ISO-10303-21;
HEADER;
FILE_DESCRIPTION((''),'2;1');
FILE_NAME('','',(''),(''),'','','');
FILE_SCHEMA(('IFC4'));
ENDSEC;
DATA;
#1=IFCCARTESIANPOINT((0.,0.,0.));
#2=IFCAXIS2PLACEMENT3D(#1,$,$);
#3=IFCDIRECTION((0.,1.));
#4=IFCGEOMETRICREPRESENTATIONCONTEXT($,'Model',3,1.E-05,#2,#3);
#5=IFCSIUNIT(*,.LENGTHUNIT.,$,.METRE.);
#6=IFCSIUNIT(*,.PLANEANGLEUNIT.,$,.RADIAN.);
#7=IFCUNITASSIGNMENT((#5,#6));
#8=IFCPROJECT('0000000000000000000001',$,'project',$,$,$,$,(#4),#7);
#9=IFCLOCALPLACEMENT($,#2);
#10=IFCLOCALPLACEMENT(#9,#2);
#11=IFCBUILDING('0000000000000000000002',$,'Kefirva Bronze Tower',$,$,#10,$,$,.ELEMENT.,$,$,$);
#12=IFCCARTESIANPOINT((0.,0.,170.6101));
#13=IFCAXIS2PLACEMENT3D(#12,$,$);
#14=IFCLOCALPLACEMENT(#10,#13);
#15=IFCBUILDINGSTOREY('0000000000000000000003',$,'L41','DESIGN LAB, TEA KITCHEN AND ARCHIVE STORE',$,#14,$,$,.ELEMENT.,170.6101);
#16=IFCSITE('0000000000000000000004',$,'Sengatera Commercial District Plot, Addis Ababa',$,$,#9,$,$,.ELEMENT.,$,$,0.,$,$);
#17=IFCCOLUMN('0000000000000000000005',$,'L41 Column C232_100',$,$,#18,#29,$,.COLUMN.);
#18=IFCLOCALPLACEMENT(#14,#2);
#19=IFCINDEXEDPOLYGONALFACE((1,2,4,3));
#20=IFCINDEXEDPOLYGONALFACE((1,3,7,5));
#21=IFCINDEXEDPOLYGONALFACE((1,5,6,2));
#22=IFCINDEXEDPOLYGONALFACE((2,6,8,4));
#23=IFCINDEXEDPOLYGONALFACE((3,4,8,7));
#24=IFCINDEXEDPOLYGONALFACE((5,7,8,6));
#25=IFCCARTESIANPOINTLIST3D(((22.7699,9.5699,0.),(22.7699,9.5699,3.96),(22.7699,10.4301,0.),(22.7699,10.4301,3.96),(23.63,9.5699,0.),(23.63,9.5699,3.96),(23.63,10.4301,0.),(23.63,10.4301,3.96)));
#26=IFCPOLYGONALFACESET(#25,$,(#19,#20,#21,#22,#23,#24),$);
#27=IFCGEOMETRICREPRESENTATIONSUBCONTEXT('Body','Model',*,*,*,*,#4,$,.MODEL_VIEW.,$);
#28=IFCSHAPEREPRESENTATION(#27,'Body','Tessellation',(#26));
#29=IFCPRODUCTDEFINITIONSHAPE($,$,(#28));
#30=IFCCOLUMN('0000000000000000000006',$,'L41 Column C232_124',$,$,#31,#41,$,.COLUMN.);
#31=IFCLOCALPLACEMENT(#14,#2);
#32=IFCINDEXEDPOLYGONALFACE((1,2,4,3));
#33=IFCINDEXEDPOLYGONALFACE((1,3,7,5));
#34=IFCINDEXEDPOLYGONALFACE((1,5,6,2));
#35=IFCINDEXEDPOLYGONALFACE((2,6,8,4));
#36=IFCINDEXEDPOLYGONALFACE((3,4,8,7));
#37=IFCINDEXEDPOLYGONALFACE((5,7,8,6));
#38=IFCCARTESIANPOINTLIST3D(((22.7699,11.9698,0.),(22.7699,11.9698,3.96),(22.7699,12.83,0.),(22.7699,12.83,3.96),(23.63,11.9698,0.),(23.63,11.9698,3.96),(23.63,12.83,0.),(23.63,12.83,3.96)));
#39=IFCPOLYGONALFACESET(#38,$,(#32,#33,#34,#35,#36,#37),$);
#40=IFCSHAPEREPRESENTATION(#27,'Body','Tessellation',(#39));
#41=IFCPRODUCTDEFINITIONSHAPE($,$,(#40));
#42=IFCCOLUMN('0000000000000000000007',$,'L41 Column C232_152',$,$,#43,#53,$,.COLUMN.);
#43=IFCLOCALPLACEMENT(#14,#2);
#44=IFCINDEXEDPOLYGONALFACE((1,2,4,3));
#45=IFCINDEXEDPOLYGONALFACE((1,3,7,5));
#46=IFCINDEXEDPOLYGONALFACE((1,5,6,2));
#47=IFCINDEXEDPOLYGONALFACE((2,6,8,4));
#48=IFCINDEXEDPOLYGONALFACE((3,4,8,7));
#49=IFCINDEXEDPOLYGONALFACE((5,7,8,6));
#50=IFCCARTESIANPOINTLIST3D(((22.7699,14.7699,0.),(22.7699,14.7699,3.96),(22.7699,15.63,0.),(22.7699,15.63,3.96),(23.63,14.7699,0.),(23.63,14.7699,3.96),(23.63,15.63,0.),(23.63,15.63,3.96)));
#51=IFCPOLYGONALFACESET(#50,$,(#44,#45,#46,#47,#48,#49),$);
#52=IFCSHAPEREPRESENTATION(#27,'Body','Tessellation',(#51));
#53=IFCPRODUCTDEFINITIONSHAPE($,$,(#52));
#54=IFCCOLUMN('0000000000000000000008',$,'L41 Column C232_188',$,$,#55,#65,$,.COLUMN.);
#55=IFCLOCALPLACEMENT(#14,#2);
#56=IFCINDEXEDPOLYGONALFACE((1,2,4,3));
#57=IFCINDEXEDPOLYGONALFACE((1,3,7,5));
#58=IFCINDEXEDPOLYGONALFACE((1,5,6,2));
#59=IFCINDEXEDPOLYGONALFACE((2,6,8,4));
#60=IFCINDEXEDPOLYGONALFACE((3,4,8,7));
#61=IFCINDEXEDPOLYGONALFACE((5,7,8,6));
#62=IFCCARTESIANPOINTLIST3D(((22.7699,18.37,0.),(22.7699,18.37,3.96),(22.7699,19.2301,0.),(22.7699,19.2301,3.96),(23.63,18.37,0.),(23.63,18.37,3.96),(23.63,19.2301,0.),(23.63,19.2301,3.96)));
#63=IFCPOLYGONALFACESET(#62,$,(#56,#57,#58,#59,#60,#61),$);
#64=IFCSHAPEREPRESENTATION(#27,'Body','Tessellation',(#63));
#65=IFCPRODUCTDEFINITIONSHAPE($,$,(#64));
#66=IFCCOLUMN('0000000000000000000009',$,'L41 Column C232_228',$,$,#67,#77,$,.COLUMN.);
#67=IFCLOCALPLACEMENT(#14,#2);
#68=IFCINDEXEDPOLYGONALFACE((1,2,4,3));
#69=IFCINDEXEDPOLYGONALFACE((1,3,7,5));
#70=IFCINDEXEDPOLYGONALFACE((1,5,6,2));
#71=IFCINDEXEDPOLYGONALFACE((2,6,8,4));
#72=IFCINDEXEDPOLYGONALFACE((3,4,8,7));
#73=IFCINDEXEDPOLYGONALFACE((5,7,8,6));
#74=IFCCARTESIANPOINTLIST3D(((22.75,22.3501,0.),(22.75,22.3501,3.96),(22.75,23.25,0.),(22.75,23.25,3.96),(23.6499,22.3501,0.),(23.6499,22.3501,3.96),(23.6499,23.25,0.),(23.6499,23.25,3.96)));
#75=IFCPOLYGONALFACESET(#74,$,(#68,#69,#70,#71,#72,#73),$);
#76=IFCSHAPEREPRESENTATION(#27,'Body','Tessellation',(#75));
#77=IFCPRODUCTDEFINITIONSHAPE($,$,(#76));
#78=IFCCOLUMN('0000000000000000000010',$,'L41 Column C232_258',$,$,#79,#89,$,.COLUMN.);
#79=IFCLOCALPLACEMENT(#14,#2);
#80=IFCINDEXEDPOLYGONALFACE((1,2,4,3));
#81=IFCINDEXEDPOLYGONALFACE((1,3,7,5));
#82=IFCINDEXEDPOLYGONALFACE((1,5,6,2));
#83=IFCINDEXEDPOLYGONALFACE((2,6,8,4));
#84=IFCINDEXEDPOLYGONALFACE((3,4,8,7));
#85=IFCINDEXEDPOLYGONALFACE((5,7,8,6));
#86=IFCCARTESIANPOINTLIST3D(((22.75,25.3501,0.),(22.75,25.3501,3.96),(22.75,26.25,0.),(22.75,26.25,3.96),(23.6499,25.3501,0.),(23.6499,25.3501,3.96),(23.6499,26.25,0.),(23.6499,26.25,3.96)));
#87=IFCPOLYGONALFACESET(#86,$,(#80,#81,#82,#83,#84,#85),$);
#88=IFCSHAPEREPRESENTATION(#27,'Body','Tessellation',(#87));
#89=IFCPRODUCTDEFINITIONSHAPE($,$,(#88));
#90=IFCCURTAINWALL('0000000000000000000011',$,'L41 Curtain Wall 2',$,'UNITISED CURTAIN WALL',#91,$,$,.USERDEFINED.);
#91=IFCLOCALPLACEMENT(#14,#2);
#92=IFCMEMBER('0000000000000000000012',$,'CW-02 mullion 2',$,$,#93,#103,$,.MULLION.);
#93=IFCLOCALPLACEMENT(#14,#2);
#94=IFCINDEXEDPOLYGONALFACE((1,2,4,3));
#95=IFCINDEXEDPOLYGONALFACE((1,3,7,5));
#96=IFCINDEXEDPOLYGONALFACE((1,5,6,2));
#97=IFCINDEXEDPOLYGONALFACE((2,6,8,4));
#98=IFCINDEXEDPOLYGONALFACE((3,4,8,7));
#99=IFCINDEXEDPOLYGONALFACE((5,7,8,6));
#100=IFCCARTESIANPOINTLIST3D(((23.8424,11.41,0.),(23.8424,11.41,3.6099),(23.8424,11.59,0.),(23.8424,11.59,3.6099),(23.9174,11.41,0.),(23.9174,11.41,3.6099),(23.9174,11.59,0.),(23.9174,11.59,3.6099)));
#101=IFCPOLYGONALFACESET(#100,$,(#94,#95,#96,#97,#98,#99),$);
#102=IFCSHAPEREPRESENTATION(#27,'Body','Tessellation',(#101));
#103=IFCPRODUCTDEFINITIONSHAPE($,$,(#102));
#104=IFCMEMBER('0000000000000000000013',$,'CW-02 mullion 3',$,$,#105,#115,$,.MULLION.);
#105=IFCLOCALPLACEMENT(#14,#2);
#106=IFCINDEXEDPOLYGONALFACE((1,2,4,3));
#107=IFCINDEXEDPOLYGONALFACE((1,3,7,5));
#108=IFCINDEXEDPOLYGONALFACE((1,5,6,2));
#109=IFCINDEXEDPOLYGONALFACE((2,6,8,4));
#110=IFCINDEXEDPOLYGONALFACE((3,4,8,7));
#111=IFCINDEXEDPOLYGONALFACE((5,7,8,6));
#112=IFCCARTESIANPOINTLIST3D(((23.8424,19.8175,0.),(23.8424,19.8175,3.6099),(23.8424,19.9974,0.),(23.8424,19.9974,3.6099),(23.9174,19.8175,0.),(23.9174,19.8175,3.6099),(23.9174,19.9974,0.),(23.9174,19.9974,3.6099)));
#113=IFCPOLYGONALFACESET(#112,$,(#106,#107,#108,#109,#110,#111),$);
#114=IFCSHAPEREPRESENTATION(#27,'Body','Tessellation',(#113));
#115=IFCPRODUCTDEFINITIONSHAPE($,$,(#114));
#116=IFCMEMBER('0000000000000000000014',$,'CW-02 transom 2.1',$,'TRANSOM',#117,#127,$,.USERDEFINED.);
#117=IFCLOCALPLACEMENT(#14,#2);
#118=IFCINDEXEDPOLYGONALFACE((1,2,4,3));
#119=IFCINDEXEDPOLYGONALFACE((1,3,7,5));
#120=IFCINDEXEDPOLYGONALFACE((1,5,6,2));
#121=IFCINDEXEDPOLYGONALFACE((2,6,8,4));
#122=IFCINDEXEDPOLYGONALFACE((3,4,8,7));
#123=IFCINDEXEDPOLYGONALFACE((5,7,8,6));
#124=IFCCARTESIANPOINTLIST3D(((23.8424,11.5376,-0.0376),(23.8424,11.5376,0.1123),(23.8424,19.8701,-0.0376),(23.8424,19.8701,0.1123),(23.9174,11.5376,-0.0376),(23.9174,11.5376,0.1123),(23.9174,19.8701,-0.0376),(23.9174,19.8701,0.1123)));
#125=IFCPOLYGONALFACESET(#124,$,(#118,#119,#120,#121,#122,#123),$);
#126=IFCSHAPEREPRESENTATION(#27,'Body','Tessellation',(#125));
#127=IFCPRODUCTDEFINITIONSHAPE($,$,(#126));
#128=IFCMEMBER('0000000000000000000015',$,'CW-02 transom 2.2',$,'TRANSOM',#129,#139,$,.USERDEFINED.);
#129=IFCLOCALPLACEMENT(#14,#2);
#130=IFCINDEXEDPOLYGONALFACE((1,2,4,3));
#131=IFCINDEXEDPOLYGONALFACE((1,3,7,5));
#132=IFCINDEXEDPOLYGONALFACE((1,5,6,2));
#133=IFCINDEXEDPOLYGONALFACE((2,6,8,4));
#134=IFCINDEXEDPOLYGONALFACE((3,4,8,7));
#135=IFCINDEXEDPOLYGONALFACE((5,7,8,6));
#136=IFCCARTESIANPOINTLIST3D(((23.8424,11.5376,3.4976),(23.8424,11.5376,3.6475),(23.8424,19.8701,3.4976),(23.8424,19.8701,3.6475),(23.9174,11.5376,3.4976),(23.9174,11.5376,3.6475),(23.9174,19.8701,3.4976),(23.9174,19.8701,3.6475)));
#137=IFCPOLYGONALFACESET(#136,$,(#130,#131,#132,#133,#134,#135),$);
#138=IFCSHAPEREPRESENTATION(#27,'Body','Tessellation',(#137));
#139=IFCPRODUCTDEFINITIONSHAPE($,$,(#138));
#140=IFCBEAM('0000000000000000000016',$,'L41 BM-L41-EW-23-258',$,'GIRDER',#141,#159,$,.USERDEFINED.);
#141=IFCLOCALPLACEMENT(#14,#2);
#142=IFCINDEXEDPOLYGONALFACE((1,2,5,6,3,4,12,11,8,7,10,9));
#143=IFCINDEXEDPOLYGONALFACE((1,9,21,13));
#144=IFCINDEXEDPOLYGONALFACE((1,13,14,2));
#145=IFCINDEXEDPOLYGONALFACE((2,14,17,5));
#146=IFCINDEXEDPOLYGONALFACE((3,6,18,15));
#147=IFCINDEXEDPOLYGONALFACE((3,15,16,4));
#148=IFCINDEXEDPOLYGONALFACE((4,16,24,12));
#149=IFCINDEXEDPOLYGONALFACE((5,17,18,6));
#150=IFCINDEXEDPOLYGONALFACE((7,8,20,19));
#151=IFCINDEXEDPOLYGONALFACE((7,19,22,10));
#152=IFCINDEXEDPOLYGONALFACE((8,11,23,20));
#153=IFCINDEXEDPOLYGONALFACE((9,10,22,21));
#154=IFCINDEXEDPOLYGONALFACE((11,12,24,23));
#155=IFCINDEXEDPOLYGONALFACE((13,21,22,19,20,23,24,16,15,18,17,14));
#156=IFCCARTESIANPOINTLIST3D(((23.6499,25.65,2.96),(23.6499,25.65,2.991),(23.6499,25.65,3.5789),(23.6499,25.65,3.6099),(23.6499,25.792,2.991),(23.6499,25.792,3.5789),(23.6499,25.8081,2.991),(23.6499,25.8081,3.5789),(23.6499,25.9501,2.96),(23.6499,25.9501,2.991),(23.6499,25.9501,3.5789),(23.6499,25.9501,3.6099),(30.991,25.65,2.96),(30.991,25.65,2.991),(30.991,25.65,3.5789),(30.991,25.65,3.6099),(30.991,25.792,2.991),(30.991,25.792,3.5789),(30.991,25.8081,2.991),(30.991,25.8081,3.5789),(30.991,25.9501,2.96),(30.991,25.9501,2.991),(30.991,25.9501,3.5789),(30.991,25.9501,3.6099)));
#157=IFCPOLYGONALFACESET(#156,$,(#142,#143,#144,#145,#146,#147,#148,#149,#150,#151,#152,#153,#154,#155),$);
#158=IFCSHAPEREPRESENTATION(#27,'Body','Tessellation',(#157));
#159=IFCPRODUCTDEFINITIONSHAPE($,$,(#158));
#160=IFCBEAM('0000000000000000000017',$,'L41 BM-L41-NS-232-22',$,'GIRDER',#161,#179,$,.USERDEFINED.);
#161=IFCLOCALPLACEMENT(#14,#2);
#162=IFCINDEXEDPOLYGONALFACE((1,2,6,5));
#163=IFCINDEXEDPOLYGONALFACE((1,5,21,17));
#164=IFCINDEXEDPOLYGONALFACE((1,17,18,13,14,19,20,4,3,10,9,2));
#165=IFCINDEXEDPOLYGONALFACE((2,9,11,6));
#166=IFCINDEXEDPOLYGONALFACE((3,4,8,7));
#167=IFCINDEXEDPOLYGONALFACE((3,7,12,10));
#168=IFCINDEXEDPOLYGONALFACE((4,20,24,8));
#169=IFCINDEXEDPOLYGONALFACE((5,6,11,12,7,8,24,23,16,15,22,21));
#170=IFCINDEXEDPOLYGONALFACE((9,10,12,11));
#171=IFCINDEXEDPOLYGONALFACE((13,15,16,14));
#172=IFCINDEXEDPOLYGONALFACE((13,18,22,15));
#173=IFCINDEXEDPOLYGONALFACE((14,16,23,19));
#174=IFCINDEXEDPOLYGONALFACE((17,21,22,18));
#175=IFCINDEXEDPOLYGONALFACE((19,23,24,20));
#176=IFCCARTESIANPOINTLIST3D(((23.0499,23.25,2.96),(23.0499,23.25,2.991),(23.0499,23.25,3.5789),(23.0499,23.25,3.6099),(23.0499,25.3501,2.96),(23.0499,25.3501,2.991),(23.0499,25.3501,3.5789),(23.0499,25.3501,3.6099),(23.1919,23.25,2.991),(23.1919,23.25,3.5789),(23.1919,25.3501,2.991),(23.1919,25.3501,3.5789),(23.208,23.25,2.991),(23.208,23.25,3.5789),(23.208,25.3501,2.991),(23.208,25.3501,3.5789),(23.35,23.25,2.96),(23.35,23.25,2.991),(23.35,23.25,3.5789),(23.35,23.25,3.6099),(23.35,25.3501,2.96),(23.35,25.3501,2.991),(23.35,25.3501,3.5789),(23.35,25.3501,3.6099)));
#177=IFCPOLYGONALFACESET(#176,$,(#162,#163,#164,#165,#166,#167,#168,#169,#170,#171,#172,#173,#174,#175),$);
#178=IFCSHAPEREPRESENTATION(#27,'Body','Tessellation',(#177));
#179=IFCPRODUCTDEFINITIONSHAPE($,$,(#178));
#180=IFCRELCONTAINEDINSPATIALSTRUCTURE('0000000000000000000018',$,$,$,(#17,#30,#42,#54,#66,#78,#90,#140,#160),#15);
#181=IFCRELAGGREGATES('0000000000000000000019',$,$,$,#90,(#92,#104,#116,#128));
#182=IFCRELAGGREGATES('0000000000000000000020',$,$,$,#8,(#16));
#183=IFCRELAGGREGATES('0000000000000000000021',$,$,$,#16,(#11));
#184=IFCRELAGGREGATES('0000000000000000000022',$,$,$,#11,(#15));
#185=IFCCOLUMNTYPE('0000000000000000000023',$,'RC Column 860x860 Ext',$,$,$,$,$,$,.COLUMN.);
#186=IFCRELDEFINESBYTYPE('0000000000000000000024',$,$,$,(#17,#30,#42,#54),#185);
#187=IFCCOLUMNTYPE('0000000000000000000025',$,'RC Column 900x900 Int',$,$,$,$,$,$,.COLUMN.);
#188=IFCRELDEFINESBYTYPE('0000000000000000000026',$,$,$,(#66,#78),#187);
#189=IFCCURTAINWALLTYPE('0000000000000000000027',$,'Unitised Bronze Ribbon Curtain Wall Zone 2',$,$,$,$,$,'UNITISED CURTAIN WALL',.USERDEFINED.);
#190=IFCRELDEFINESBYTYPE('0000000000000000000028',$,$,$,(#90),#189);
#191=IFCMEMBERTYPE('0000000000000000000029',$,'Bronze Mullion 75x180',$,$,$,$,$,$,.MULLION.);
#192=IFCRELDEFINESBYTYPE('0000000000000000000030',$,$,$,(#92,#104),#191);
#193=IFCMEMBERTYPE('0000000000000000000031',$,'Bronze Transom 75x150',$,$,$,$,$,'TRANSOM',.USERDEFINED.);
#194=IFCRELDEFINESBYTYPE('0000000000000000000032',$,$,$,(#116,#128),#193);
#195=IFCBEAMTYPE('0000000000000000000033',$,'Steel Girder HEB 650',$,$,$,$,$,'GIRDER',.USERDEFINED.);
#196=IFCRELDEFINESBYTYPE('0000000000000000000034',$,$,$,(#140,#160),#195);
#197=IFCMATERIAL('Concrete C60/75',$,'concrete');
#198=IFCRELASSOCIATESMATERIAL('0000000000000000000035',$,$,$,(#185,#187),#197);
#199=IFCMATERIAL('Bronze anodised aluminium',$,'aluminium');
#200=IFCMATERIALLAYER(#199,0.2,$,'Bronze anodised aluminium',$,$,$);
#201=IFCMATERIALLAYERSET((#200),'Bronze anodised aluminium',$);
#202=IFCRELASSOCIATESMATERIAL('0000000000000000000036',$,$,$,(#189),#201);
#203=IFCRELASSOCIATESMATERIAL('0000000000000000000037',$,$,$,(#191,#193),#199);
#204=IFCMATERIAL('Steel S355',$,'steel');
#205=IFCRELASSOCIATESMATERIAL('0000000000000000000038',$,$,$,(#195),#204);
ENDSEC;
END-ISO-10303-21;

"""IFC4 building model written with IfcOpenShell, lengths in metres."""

from ifc_helpers import new_model, si_unit, direction, frame, origin, origin_2d, place, context, subcontext, project, spatial, rectangle, i_section, extrude, material, layer, layer_set, material_profile, profile_set, type_object, element, aggregate, save


model = new_model("IFC4")

# Units and contexts
model_context = context("Model", 3, precision=1e-05, world=origin(), true_north=direction((0.0, 1.0)))
body_context = subcontext(model_context, "Body", "Model", "MODEL_VIEW")
ifc_project = project(units=[si_unit("LENGTHUNIT", "METRE"), si_unit("PLANEANGLEUNIT", "RADIAN")], contexts=[model_context])

# Site, building, storey
site_placement = place(None, origin())
site = spatial("IfcSite", under=ifc_project, at=site_placement, Name="Sengatera Commercial District Plot, Addis Ababa", CompositionType="ELEMENT", RefElevation=0.0)
building_placement = place(site_placement, origin())
building = spatial("IfcBuilding", under=site, at=building_placement, Name="Kefirva Bronze Tower", CompositionType="ELEMENT")
storey_placement = place(building_placement, frame((0.0, 0.0, 170.6101)))
storey = spatial("IfcBuildingStorey", under=building, at=storey_placement, Name="L41", Description="DESIGN LAB, TEA KITCHEN AND ARCHIVE STORE", CompositionType="ELEMENT", Elevation=170.6101)

# Columns
ifc_material_1 = material(Name="Concrete C60/75", Category="concrete")
ifc_material_profile_1 = material_profile(ifc_material_1, rectangle(XDim=0.8601, YDim=0.8601, at=origin_2d()), Name="RC 860x860")
ifc_profile_set_1 = profile_set([ifc_material_profile_1], Name="Concrete C60/75")
column_type_1 = type_object("IfcColumnType", Name="RC Column 860x860 Ext", PredefinedType="COLUMN", material=ifc_profile_set_1)
for number, where, z_axis, x_axis, name in (
    (1, (23.2, 10.0, 0.0), (0.0, 0.0, 1.0), (1.0, 0.0, 0.0), "L41 Column C232_100"),
    (2, (23.2, 12.3999, 0.0), (0.0, 0.0, 1.0), (1.0, 0.0, 0.0), "L41 Column C232_124"),
    (3, (23.2, 15.2, 0.0), (0.0, 0.0, 1.0), (1.0, 0.0, 0.0), "L41 Column C232_152"),
    (4, (23.2, 18.8, 0.0), (0.0, 0.0, 1.0), (1.0, 0.0, 0.0), "L41 Column C232_188"),
):
    element("IfcColumn", number, at=place(storey_placement, frame(where, z_axis=z_axis, x_axis=x_axis)), inside=storey, type_object=column_type_1, Name=name, PredefinedType="COLUMN", context=body_context, shape_type="SweptSolid", body=[
        extrude(rectangle(XDim=0.8601, YDim=0.8601, at=origin_2d()), origin(), (0.0, 0.0, 1.0), 3.96),
    ])
ifc_material_profile_2 = material_profile(ifc_material_1, rectangle(XDim=0.8999, YDim=0.8999, at=origin_2d()), Name="RC 900x900")
ifc_profile_set_2 = profile_set([ifc_material_profile_2], Name="Concrete C60/75")
column_type_2 = type_object("IfcColumnType", Name="RC Column 900x900 Int", PredefinedType="COLUMN", material=ifc_profile_set_2)
for number, where, z_axis, x_axis, name in (
    (5, (23.2, 22.8, 0.0), (0.0, 0.0, 1.0), (1.0, 0.0, 0.0), "L41 Column C232_228"),
    (6, (23.2, 25.8, 0.0), (0.0, 0.0, 1.0), (1.0, 0.0, 0.0), "L41 Column C232_258"),
):
    element("IfcColumn", number, at=place(storey_placement, frame(where, z_axis=z_axis, x_axis=x_axis)), inside=storey, type_object=column_type_2, Name=name, PredefinedType="COLUMN", context=body_context, shape_type="SweptSolid", body=[
        extrude(rectangle(XDim=0.8999, YDim=0.8999, at=origin_2d()), origin(), (0.0, 0.0, 1.0), 3.96),
    ])

# Curtain wall, members
ifc_material_2 = material(Name="Bronze anodised aluminium", Category="aluminium")
ifc_layer_1 = layer(ifc_material_2, 0.2, Name="Bronze anodised aluminium")
ifc_layer_set_1 = layer_set([ifc_layer_1], Name="Bronze anodised aluminium")
curtain_wall_type = type_object("IfcCurtainWallType", Name="Unitised Bronze Ribbon Curtain Wall Zone 2", ElementType="UNITISED CURTAIN WALL", PredefinedType="USERDEFINED", material=ifc_layer_set_1)
curtain_wall_placement = place(storey_placement, origin())
curtain_wall = element("IfcCurtainWall", 7, at=curtain_wall_placement, inside=storey, type_object=curtain_wall_type, Name="L41 Curtain Wall 2", ObjectType="UNITISED CURTAIN WALL", PredefinedType="USERDEFINED")
ifc_material_profile_3 = material_profile(ifc_material_2, rectangle(XDim=0.075, YDim=0.1799, at=origin_2d()), Name="ALU 75x180")
ifc_profile_set_3 = profile_set([ifc_material_profile_3], Name="Bronze anodised aluminium")
member_type_1 = type_object("IfcMemberType", Name="Bronze Mullion 75x180", PredefinedType="MULLION", material=ifc_profile_set_3)
member_1_placement = place(storey_placement, frame((23.8799, 11.5, 0.0), z_axis=(0.0, 0.0, 1.0), x_axis=(-1.0, 0.0, 0.0)))
member_1 = element("IfcMember", 8, at=member_1_placement, type_object=member_type_1, Name="CW-02 mullion 2", PredefinedType="MULLION", context=body_context, shape_type="SweptSolid", body=[
    extrude(rectangle(XDim=0.075, YDim=0.1799, at=origin_2d()), origin(), (0.0, 0.0, 1.0), 3.6099),
])
member_2_placement = place(storey_placement, frame((23.8799, 19.9075, 0.0), z_axis=(0.0, 0.0, 1.0), x_axis=(-1.0, 0.0, 0.0)))
member_2 = element("IfcMember", 9, at=member_2_placement, type_object=member_type_1, Name="CW-02 mullion 3", PredefinedType="MULLION", context=body_context, shape_type="SweptSolid", body=[
    extrude(rectangle(XDim=0.075, YDim=0.1799, at=origin_2d()), origin(), (0.0, 0.0, 1.0), 3.6099),
])
ifc_material_profile_4 = material_profile(ifc_material_2, rectangle(XDim=0.075, YDim=0.1499, at=origin_2d()), Name="ALU 75x150")
ifc_profile_set_4 = profile_set([ifc_material_profile_4], Name="Bronze anodised aluminium")
member_type_2 = type_object("IfcMemberType", Name="Bronze Transom 75x150", ElementType="TRANSOM", PredefinedType="USERDEFINED", material=ifc_profile_set_4)
member_3_placement = place(storey_placement, frame((23.8799, 11.5376, 0.0374), z_axis=(0.0, 1.0, 0.0), x_axis=(-1.0, 0.0, 0.0)))
member_3 = element("IfcMember", 10, at=member_3_placement, type_object=member_type_2, Name="CW-02 transom 2.1", ObjectType="TRANSOM", PredefinedType="USERDEFINED", context=body_context, shape_type="SweptSolid", body=[
    extrude(rectangle(XDim=0.075, YDim=0.1499, at=origin_2d()), origin(), (0.0, 0.0, 1.0), 8.3325),
])
member_4_placement = place(storey_placement, frame((23.8799, 11.5376, 3.5725), z_axis=(0.0, 1.0, 0.0), x_axis=(-1.0, 0.0, 0.0)))
member_4 = element("IfcMember", 11, at=member_4_placement, type_object=member_type_2, Name="CW-02 transom 2.2", ObjectType="TRANSOM", PredefinedType="USERDEFINED", context=body_context, shape_type="SweptSolid", body=[
    extrude(rectangle(XDim=0.075, YDim=0.1499, at=origin_2d()), origin(), (0.0, 0.0, 1.0), 8.3325),
])

# Beams
ifc_material_3 = material(Name="Steel S355", Category="steel")
ifc_material_profile_5 = material_profile(ifc_material_3, i_section(OverallWidth=0.3, OverallDepth=0.6499, WebThickness=0.0161, FlangeThickness=0.031, at=origin_2d()), Name="HEB 650")
ifc_profile_set_5 = profile_set([ifc_material_profile_5], Name="Steel S355")
beam_type_1 = type_object("IfcBeamType", Name="Steel Girder HEB 650", ElementType="GIRDER", PredefinedType="USERDEFINED", material=ifc_profile_set_5)
beam_1_placement = place(storey_placement, frame((23.6499, 25.8, 3.2849), z_axis=(1.0, 0.0, 0.0), x_axis=(0.0, 1.0, 0.0)))
element("IfcBeam", 12, at=beam_1_placement, inside=storey, type_object=beam_type_1, Name="L41 BM-L41-EW-23-258", ObjectType="GIRDER", PredefinedType="USERDEFINED", context=body_context, shape_type="SweptSolid", body=[
    extrude(i_section(OverallWidth=0.3, OverallDepth=0.6499, WebThickness=0.0161, FlangeThickness=0.031, at=origin_2d()), origin(), (0.0, 0.0, 1.0), 7.3411),
])
beam_2_placement = place(storey_placement, frame((23.2, 23.25, 3.2849), z_axis=(0.0, 1.0, 0.0), x_axis=(-1.0, 0.0, 0.0)))
element("IfcBeam", 13, at=beam_2_placement, inside=storey, type_object=beam_type_1, Name="L41 BM-L41-NS-232-22", ObjectType="GIRDER", PredefinedType="USERDEFINED", context=body_context, shape_type="SweptSolid", body=[
    extrude(i_section(OverallWidth=0.3, OverallDepth=0.6499, WebThickness=0.0161, FlangeThickness=0.031, at=origin_2d()), origin(), (0.0, 0.0, 1.0), 2.1001),
])

aggregate(curtain_wall, [member_1, member_2, member_3, member_4])

save(model, "model.ifc")
